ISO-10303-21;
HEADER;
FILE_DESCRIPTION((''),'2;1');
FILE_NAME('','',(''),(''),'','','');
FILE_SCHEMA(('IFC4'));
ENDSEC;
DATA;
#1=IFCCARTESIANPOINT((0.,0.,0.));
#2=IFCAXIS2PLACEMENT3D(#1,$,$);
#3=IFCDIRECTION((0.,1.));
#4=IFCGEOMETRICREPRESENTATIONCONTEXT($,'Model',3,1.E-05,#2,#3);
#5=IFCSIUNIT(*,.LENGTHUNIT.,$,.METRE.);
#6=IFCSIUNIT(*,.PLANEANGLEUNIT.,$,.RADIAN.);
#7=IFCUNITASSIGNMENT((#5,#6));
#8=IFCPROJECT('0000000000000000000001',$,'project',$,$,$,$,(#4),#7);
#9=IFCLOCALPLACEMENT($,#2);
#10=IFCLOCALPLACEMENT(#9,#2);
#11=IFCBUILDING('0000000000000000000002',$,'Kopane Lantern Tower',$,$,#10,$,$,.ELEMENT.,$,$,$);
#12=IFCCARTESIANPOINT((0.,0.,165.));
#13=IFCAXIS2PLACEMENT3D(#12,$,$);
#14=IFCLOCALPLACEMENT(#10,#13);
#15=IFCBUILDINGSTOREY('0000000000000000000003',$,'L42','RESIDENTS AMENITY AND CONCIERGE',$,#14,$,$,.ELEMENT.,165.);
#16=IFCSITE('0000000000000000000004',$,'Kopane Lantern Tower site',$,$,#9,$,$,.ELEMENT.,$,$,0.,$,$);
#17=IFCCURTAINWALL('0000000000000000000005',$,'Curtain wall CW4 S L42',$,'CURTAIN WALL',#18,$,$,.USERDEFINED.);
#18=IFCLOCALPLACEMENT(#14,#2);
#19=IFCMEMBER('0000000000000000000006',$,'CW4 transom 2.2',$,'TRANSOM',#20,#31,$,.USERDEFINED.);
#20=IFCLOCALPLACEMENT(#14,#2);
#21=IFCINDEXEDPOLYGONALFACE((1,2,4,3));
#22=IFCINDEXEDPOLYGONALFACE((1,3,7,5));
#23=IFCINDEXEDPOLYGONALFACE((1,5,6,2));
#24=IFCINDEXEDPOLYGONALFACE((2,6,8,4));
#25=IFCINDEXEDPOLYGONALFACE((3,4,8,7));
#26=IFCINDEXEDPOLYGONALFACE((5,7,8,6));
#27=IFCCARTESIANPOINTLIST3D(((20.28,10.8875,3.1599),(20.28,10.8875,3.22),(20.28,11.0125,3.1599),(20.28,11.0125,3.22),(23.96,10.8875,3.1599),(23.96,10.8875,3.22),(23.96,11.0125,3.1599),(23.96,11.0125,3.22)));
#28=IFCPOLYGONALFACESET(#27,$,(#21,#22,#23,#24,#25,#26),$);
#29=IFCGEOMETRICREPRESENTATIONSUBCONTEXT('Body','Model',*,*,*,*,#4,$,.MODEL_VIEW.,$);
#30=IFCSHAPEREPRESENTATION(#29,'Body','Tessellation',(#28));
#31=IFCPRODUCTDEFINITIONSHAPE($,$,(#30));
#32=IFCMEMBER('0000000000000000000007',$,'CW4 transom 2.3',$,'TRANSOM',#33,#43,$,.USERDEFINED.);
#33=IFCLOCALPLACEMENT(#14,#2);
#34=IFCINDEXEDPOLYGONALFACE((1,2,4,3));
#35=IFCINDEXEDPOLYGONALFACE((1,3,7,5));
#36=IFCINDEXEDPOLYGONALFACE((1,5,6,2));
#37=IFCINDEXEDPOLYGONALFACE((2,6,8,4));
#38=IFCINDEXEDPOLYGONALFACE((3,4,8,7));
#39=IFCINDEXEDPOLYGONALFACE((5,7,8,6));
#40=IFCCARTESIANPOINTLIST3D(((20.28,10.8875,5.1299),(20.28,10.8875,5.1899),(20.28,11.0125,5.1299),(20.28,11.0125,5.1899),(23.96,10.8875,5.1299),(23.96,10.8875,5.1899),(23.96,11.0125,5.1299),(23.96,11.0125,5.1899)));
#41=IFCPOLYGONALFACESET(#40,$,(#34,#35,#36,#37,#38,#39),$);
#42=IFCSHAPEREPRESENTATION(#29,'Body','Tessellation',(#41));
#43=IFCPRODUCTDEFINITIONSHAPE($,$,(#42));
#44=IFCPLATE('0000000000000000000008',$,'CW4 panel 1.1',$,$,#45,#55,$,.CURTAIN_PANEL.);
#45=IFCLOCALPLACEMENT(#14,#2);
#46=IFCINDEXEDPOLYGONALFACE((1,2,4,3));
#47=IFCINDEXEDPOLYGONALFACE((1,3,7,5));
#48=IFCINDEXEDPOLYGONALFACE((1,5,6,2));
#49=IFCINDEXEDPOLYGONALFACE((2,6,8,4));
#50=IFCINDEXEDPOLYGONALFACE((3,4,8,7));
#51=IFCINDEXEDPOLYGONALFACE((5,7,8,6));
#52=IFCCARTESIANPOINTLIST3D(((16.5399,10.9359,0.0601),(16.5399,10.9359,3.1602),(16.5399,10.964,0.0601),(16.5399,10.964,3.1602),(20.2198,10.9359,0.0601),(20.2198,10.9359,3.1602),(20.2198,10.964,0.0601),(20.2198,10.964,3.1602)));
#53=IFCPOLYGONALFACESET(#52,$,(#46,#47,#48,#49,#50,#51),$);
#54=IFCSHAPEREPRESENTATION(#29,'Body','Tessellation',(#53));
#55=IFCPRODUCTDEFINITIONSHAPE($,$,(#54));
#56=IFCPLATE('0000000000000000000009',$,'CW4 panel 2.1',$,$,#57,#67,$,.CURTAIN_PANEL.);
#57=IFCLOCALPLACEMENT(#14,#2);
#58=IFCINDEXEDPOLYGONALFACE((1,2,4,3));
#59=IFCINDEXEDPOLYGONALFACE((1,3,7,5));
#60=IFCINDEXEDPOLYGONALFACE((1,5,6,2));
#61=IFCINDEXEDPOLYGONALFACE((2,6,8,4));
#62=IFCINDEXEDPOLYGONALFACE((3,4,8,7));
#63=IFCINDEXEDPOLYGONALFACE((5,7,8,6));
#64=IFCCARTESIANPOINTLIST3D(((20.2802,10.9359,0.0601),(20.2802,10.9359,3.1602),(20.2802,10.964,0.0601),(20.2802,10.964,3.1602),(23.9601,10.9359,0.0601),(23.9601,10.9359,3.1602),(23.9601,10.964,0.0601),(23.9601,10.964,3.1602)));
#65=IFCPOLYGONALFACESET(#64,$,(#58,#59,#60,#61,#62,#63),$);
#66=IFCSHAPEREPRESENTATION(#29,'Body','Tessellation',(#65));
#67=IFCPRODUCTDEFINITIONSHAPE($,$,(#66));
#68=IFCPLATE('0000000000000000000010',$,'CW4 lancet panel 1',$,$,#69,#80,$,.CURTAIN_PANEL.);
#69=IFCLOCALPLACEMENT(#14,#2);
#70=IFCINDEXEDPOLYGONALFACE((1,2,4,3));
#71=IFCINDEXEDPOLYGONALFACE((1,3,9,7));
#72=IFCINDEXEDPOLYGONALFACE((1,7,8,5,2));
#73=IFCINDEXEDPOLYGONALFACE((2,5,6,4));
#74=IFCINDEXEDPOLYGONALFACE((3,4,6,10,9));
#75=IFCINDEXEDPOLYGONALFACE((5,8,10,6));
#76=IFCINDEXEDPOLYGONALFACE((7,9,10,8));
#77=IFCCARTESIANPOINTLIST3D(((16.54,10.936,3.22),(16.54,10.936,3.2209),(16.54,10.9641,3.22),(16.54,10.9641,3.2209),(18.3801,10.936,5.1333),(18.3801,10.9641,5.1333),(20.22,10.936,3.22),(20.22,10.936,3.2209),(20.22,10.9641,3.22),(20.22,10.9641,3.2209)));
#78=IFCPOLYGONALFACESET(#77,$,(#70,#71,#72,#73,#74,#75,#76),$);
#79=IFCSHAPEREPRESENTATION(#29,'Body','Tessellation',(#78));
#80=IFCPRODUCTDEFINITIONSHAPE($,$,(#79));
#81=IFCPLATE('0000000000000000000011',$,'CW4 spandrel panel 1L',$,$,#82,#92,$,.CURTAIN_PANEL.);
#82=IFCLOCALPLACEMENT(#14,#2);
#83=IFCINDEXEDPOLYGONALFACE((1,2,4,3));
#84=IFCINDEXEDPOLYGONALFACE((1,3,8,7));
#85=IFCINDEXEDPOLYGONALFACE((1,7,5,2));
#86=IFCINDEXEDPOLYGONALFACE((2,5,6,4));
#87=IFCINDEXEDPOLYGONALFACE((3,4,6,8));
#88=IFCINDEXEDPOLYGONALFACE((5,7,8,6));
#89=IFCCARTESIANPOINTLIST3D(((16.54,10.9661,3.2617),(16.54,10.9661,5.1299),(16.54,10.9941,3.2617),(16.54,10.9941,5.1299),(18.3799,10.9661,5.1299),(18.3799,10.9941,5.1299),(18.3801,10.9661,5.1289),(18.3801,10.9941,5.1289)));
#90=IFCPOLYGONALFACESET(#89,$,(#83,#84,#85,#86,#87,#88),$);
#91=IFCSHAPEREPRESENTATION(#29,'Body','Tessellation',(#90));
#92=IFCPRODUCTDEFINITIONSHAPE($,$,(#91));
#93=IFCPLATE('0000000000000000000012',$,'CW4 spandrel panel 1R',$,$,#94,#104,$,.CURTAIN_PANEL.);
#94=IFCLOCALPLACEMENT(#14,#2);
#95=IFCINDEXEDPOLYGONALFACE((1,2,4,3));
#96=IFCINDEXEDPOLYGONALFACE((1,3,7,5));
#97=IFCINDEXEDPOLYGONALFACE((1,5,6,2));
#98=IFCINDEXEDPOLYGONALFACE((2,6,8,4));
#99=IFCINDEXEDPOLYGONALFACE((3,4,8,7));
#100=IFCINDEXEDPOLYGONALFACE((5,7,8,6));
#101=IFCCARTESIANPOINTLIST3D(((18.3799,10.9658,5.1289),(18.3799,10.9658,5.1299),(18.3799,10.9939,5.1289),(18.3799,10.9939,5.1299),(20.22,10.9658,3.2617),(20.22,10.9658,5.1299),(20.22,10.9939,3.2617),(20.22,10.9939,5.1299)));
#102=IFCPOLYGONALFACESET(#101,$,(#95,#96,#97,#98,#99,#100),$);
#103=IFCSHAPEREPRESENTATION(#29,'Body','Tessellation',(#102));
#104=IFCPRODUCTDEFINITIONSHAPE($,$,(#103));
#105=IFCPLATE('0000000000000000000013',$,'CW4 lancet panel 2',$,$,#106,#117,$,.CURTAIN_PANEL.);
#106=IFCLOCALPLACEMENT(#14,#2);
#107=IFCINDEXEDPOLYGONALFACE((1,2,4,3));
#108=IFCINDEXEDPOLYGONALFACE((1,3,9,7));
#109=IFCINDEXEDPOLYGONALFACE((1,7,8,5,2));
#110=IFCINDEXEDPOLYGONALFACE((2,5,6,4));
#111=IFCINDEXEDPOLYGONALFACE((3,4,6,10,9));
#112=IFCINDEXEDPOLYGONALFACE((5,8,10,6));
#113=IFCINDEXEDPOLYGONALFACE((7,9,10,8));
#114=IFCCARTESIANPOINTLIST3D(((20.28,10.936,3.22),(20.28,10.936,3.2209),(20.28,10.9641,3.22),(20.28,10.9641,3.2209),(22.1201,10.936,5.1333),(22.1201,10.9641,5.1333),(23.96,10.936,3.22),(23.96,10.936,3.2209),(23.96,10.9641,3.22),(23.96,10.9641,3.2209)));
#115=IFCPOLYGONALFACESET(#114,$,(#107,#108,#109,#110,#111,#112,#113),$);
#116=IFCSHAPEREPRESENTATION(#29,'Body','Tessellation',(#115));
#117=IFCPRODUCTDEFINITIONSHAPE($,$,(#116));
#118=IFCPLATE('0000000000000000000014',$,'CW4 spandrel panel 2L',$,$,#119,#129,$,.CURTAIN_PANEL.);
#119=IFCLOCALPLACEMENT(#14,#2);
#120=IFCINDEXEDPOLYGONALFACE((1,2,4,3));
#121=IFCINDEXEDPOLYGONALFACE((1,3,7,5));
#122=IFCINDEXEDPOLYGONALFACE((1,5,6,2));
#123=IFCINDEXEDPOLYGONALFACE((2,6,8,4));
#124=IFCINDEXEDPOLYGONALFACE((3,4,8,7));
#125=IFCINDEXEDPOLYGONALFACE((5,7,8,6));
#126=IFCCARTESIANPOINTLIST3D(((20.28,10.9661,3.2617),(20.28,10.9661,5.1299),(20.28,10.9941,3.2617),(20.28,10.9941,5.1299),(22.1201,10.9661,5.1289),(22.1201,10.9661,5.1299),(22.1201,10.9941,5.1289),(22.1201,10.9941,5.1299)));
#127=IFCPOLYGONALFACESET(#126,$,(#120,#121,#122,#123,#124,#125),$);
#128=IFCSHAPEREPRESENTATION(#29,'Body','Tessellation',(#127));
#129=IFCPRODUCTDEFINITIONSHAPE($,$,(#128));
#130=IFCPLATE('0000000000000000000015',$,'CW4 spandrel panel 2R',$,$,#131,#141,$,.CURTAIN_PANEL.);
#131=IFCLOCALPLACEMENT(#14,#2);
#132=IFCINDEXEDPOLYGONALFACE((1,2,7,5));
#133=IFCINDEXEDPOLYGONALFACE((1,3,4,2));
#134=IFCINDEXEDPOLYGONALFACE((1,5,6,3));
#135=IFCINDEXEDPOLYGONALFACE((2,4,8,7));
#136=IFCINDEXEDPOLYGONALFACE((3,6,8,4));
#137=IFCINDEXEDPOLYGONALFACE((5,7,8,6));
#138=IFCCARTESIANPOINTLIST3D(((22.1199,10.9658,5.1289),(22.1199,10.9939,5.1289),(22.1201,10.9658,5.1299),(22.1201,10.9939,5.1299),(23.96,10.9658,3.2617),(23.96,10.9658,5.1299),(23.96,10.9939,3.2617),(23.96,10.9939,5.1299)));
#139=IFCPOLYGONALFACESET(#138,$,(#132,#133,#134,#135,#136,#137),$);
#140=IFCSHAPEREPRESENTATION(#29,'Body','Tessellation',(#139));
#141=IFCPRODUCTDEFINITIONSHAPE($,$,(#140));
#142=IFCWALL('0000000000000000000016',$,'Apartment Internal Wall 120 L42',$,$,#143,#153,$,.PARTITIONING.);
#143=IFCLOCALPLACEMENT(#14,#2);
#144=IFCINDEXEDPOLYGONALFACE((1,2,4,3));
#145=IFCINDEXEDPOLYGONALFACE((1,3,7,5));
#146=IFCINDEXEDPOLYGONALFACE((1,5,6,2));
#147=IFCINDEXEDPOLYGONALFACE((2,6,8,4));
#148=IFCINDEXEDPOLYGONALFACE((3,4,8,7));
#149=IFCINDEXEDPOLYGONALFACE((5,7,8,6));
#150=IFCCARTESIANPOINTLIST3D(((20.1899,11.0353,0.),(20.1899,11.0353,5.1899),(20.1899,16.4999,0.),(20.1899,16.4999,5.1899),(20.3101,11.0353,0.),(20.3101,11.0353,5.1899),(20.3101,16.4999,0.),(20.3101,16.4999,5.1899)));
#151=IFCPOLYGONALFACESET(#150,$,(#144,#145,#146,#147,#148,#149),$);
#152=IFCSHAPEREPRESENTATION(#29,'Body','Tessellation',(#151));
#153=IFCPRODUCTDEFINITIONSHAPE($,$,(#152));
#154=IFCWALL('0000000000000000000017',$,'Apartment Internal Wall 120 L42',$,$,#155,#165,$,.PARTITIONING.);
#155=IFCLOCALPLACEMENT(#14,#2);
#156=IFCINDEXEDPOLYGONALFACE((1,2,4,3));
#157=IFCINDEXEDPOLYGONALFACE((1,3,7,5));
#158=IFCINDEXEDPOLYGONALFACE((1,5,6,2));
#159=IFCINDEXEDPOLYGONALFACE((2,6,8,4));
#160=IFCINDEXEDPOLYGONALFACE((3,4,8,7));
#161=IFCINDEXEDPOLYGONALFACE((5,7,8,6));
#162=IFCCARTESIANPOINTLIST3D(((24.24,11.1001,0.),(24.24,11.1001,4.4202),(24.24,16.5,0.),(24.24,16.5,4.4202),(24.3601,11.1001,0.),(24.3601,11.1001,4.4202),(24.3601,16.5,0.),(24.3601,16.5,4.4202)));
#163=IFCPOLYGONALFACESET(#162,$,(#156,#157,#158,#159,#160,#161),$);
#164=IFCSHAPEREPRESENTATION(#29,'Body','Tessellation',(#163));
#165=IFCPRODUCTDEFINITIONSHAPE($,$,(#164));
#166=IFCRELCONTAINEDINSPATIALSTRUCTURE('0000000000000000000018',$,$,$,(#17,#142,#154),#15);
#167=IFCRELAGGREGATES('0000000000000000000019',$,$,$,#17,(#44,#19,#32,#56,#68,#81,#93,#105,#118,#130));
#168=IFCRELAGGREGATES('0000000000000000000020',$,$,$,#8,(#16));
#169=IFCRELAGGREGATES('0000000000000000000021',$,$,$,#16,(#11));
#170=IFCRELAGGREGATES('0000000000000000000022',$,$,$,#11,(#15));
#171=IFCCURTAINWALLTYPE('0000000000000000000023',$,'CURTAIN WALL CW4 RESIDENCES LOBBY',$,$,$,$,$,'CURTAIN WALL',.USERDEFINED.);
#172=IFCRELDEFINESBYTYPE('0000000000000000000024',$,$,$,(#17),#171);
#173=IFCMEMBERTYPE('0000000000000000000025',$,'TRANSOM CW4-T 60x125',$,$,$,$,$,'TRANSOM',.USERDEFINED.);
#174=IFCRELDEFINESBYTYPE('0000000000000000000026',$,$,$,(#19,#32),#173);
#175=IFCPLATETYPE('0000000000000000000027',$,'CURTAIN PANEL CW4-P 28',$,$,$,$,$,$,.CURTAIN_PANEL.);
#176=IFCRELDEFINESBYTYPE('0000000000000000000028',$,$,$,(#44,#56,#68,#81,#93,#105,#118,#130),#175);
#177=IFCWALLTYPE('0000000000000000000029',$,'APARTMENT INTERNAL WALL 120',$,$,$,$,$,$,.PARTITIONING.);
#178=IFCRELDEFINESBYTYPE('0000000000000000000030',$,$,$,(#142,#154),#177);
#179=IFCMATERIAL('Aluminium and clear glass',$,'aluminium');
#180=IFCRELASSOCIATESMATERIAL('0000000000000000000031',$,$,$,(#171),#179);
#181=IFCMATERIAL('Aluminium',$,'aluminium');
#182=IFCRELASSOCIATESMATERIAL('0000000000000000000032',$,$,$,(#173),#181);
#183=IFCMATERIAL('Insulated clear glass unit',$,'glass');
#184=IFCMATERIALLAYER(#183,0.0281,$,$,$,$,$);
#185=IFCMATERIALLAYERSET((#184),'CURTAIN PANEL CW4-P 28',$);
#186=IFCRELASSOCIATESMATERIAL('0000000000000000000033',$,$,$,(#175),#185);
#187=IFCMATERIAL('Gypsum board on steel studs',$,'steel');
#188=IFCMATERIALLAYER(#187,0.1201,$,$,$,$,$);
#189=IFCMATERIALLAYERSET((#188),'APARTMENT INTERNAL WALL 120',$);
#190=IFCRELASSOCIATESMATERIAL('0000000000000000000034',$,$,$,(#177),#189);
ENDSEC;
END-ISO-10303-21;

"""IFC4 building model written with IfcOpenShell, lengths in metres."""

from ifc_helpers import new_model, si_unit, direction, frame, frame_2d, origin, origin_2d, place, context, subcontext, project, spatial, polyline, rectangle, outline, extrude, material, layer, layer_set, material_profile, profile_set, type_object, element, aggregate, save


model = new_model("IFC4")

# Units and contexts
model_context = context("Model", 3, precision=1e-05, world=origin(), true_north=direction((0.0, 1.0)))
body_context = subcontext(model_context, "Body", "Model", "MODEL_VIEW")
ifc_project = project(units=[si_unit("LENGTHUNIT", "METRE"), si_unit("PLANEANGLEUNIT", "RADIAN")], contexts=[model_context])

# Site, building, storey
site_placement = place(None, origin())
site = spatial("IfcSite", under=ifc_project, at=site_placement, Name="Kopane Lantern Tower site", CompositionType="ELEMENT", RefElevation=0.0)
building_placement = place(site_placement, origin())
building = spatial("IfcBuilding", under=site, at=building_placement, Name="Kopane Lantern Tower", CompositionType="ELEMENT")
storey_placement = place(building_placement, frame((0.0, 0.0, 165.0)))
storey = spatial("IfcBuildingStorey", under=building, at=storey_placement, Name="L42", Description="RESIDENTS AMENITY AND CONCIERGE", CompositionType="ELEMENT", Elevation=165.0)

# Curtain wall, members, plates
ifc_material_1 = material(Name="Aluminium and clear glass", Category="aluminium")
curtain_wall_type = type_object("IfcCurtainWallType", Name="CURTAIN WALL CW4 RESIDENCES LOBBY", ElementType="CURTAIN WALL", PredefinedType="USERDEFINED", material=ifc_material_1)
curtain_wall_placement = place(storey_placement, origin())
curtain_wall = element("IfcCurtainWall", 1, at=curtain_wall_placement, inside=storey, type_object=curtain_wall_type, Name="Curtain wall CW4 S L42", ObjectType="CURTAIN WALL", PredefinedType="USERDEFINED")
ifc_material_2 = material(Name="Aluminium", Category="aluminium")
ifc_material_profile_1 = material_profile(ifc_material_2, rectangle(XDim=0.125, YDim=0.0601, at=origin_2d()), Name="AL 125x60")
ifc_profile_set_1 = profile_set([ifc_material_profile_1], Name="Aluminium")
member_type_1 = type_object("IfcMemberType", Name="TRANSOM CW4-T 60x125", ElementType="TRANSOM", PredefinedType="USERDEFINED", material=ifc_profile_set_1)
member_1_placement = place(storey_placement, frame((20.28, 10.95, 3.1899), z_axis=(1.0, 0.0, 0.0), x_axis=(0.0, 1.0, 0.0)))
member_1 = element("IfcMember", 2, at=member_1_placement, type_object=member_type_1, Name="CW4 transom 2.2", ObjectType="TRANSOM", PredefinedType="USERDEFINED", context=body_context, shape_type="SweptSolid", body=[
    extrude(rectangle(XDim=0.125, YDim=0.0601, at=origin_2d()), origin(), (0.0, 0.0, 1.0), 3.6799),
])
member_2_placement = place(storey_placement, frame((20.28, 10.95, 5.1599), z_axis=(1.0, 0.0, 0.0), x_axis=(0.0, 1.0, 0.0)))
member_2 = element("IfcMember", 3, at=member_2_placement, type_object=member_type_1, Name="CW4 transom 2.3", ObjectType="TRANSOM", PredefinedType="USERDEFINED", context=body_context, shape_type="SweptSolid", body=[
    extrude(rectangle(XDim=0.125, YDim=0.0601, at=origin_2d()), origin(), (0.0, 0.0, 1.0), 3.6799),
])
ifc_material_3 = material(Name="Insulated clear glass unit", Category="glass")
ifc_layer_1 = layer(ifc_material_3, 0.0281)
ifc_layer_set_1 = layer_set([ifc_layer_1], Name="CURTAIN PANEL CW4-P 28")
plate_type = type_object("IfcPlateType", Name="CURTAIN PANEL CW4-P 28", PredefinedType="CURTAIN_PANEL", material=ifc_layer_set_1)
plate_1_placement = place(storey_placement, frame((18.3799, 10.95, 0.0601), z_axis=(0.0, 0.0, 1.0), x_axis=(1.0, 0.0, 0.0)))
plate_1 = element("IfcPlate", 4, at=plate_1_placement, type_object=plate_type, Name="CW4 panel 1.1", PredefinedType="CURTAIN_PANEL", context=body_context, shape_type="SweptSolid", body=[
    extrude(rectangle(XDim=3.6799, YDim=0.0281, at=origin_2d()), origin(), (0.0, 0.0, 1.0), 3.1001),
])
plate_2_placement = place(storey_placement, frame((22.1201, 10.95, 0.0601), z_axis=(0.0, 0.0, 1.0), x_axis=(1.0, 0.0, 0.0)))
plate_2 = element("IfcPlate", 5, at=plate_2_placement, type_object=plate_type, Name="CW4 panel 2.1", PredefinedType="CURTAIN_PANEL", context=body_context, shape_type="SweptSolid", body=[
    extrude(rectangle(XDim=3.6799, YDim=0.0281, at=origin_2d()), origin(), (0.0, 0.0, 1.0), 3.1001),
])
plate_3_placement = place(storey_placement, frame((16.54, 10.95, 3.22), z_axis=(0.0, 0.0, 1.0), x_axis=(1.0, 0.0, 0.0)))
plate_3 = element("IfcPlate", 6, at=plate_3_placement, type_object=plate_type, Name="CW4 lancet panel 1", PredefinedType="CURTAIN_PANEL", context=body_context, shape_type="SweptSolid", body=[
    extrude(outline(polyline([(0.0, 0.0), (3.6799, 0.0), (3.6799, 0.001), (1.8401, 1.9133), (0.0, 0.001), (0.0, 0.0)])), frame((0.0, 0.0142, 0.0), z_axis=(0.0, -1.0, 0.0), x_axis=(1.0, 0.0, 0.0)), (0.0, 0.0, 1.0), 0.0281),
])
plate_4_placement = place(storey_placement, frame((16.54, 10.98, 5.1299), z_axis=(0.0, 0.0, 1.0), x_axis=(1.0, 0.0, 0.0)))
plate_4 = element("IfcPlate", 7, at=plate_4_placement, type_object=plate_type, Name="CW4 spandrel panel 1L", PredefinedType="CURTAIN_PANEL", context=body_context, shape_type="SweptSolid", body=[
    extrude(outline(polyline([(0.0, 0.0), (1.8398, 0.0), (1.8401, -0.001), (0.0, -1.8682), (0.0, 0.0)])), frame((0.0, 0.0142, 0.0), z_axis=(0.0, -1.0, 0.0), x_axis=(1.0, 0.0, 0.0)), (0.0, 0.0, 1.0), 0.0281),
])
plate_5_placement = place(storey_placement, frame((20.22, 10.98, 5.1299), z_axis=(0.0, 0.0, 1.0), x_axis=(-1.0, 0.0, 0.0)))
plate_5 = element("IfcPlate", 8, at=plate_5_placement, type_object=plate_type, Name="CW4 spandrel panel 1R", PredefinedType="CURTAIN_PANEL", context=body_context, shape_type="SweptSolid", body=[
    extrude(outline(polyline([(0.0, 0.0), (1.8401, 0.0), (1.8401, -0.001), (0.0, -1.8682), (0.0, 0.0)])), frame((0.0, 0.0142, 0.0), z_axis=(0.0, -1.0, 0.0), x_axis=(1.0, 0.0, 0.0)), (0.0, 0.0, 1.0), 0.0281),
])
plate_6_placement = place(storey_placement, frame((20.28, 10.95, 3.22), z_axis=(0.0, 0.0, 1.0), x_axis=(1.0, 0.0, 0.0)))
plate_6 = element("IfcPlate", 9, at=plate_6_placement, type_object=plate_type, Name="CW4 lancet panel 2", PredefinedType="CURTAIN_PANEL", context=body_context, shape_type="SweptSolid", body=[
    extrude(outline(polyline([(0.0, 0.0), (3.6799, 0.0), (3.6799, 0.001), (1.8401, 1.9133), (0.0, 0.001), (0.0, 0.0)])), frame((0.0, 0.0142, 0.0), z_axis=(0.0, -1.0, 0.0), x_axis=(1.0, 0.0, 0.0)), (0.0, 0.0, 1.0), 0.0281),
])
plate_7_placement = place(storey_placement, frame((20.28, 10.98, 5.1299), z_axis=(0.0, 0.0, 1.0), x_axis=(1.0, 0.0, 0.0)))
plate_7 = element("IfcPlate", 10, at=plate_7_placement, type_object=plate_type, Name="CW4 spandrel panel 2L", PredefinedType="CURTAIN_PANEL", context=body_context, shape_type="SweptSolid", body=[
    extrude(outline(polyline([(0.0, 0.0), (1.8401, 0.0), (1.8401, -0.001), (0.0, -1.8682), (0.0, 0.0)])), frame((0.0, 0.0142, 0.0), z_axis=(0.0, -1.0, 0.0), x_axis=(1.0, 0.0, 0.0)), (0.0, 0.0, 1.0), 0.0281),
])
plate_8_placement = place(storey_placement, frame((23.96, 10.98, 5.1299), z_axis=(0.0, 0.0, 1.0), x_axis=(-1.0, 0.0, 0.0)))
plate_8 = element("IfcPlate", 11, at=plate_8_placement, type_object=plate_type, Name="CW4 spandrel panel 2R", PredefinedType="CURTAIN_PANEL", context=body_context, shape_type="SweptSolid", body=[
    extrude(outline(polyline([(0.0, 0.0), (1.8398, 0.0), (1.8401, -0.001), (0.0, -1.8682), (0.0, 0.0)])), frame((0.0, 0.0142, 0.0), z_axis=(0.0, -1.0, 0.0), x_axis=(1.0, 0.0, 0.0)), (0.0, 0.0, 1.0), 0.0281),
])
aggregate(curtain_wall, [plate_1, member_1, member_2, plate_2, plate_3, plate_4, plate_5, plate_6, plate_7, plate_8])

# Walls
ifc_material_4 = material(Name="Gypsum board on steel studs", Category="steel")
ifc_layer_2 = layer(ifc_material_4, 0.1201)
ifc_layer_set_2 = layer_set([ifc_layer_2], Name="APARTMENT INTERNAL WALL 120")
wall_type_1 = type_object("IfcWallType", Name="APARTMENT INTERNAL WALL 120", PredefinedType="PARTITIONING", material=ifc_layer_set_2)
wall_1_placement = place(storey_placement, frame((20.25, 16.5, 0.0), z_axis=(0.0, 0.0, 1.0), x_axis=(0.0, -1.0, 0.0)))
element("IfcWall", 12, at=wall_1_placement, inside=storey, type_object=wall_type_1, Name="Apartment Internal Wall 120 L42", PredefinedType="PARTITIONING", context=body_context, shape_type="SweptSolid", body=[
    extrude(rectangle(XDim=5.4646, YDim=0.1201, at=frame_2d((2.7324, 0.0))), origin(), (0.0, 0.0, 1.0), 5.1899),
])
wall_2_placement = place(storey_placement, frame((24.3, 16.5, 0.0), z_axis=(0.0, 0.0, 1.0), x_axis=(0.0, -1.0, 0.0)))
element("IfcWall", 13, at=wall_2_placement, inside=storey, type_object=wall_type_1, Name="Apartment Internal Wall 120 L42", PredefinedType="PARTITIONING", context=body_context, shape_type="SweptSolid", body=[
    extrude(rectangle(XDim=5.3999, YDim=0.1201, at=frame_2d((2.7, 0.0))), origin(), (0.0, 0.0, 1.0), 4.4202),
])

save(model, "model.ifc")
